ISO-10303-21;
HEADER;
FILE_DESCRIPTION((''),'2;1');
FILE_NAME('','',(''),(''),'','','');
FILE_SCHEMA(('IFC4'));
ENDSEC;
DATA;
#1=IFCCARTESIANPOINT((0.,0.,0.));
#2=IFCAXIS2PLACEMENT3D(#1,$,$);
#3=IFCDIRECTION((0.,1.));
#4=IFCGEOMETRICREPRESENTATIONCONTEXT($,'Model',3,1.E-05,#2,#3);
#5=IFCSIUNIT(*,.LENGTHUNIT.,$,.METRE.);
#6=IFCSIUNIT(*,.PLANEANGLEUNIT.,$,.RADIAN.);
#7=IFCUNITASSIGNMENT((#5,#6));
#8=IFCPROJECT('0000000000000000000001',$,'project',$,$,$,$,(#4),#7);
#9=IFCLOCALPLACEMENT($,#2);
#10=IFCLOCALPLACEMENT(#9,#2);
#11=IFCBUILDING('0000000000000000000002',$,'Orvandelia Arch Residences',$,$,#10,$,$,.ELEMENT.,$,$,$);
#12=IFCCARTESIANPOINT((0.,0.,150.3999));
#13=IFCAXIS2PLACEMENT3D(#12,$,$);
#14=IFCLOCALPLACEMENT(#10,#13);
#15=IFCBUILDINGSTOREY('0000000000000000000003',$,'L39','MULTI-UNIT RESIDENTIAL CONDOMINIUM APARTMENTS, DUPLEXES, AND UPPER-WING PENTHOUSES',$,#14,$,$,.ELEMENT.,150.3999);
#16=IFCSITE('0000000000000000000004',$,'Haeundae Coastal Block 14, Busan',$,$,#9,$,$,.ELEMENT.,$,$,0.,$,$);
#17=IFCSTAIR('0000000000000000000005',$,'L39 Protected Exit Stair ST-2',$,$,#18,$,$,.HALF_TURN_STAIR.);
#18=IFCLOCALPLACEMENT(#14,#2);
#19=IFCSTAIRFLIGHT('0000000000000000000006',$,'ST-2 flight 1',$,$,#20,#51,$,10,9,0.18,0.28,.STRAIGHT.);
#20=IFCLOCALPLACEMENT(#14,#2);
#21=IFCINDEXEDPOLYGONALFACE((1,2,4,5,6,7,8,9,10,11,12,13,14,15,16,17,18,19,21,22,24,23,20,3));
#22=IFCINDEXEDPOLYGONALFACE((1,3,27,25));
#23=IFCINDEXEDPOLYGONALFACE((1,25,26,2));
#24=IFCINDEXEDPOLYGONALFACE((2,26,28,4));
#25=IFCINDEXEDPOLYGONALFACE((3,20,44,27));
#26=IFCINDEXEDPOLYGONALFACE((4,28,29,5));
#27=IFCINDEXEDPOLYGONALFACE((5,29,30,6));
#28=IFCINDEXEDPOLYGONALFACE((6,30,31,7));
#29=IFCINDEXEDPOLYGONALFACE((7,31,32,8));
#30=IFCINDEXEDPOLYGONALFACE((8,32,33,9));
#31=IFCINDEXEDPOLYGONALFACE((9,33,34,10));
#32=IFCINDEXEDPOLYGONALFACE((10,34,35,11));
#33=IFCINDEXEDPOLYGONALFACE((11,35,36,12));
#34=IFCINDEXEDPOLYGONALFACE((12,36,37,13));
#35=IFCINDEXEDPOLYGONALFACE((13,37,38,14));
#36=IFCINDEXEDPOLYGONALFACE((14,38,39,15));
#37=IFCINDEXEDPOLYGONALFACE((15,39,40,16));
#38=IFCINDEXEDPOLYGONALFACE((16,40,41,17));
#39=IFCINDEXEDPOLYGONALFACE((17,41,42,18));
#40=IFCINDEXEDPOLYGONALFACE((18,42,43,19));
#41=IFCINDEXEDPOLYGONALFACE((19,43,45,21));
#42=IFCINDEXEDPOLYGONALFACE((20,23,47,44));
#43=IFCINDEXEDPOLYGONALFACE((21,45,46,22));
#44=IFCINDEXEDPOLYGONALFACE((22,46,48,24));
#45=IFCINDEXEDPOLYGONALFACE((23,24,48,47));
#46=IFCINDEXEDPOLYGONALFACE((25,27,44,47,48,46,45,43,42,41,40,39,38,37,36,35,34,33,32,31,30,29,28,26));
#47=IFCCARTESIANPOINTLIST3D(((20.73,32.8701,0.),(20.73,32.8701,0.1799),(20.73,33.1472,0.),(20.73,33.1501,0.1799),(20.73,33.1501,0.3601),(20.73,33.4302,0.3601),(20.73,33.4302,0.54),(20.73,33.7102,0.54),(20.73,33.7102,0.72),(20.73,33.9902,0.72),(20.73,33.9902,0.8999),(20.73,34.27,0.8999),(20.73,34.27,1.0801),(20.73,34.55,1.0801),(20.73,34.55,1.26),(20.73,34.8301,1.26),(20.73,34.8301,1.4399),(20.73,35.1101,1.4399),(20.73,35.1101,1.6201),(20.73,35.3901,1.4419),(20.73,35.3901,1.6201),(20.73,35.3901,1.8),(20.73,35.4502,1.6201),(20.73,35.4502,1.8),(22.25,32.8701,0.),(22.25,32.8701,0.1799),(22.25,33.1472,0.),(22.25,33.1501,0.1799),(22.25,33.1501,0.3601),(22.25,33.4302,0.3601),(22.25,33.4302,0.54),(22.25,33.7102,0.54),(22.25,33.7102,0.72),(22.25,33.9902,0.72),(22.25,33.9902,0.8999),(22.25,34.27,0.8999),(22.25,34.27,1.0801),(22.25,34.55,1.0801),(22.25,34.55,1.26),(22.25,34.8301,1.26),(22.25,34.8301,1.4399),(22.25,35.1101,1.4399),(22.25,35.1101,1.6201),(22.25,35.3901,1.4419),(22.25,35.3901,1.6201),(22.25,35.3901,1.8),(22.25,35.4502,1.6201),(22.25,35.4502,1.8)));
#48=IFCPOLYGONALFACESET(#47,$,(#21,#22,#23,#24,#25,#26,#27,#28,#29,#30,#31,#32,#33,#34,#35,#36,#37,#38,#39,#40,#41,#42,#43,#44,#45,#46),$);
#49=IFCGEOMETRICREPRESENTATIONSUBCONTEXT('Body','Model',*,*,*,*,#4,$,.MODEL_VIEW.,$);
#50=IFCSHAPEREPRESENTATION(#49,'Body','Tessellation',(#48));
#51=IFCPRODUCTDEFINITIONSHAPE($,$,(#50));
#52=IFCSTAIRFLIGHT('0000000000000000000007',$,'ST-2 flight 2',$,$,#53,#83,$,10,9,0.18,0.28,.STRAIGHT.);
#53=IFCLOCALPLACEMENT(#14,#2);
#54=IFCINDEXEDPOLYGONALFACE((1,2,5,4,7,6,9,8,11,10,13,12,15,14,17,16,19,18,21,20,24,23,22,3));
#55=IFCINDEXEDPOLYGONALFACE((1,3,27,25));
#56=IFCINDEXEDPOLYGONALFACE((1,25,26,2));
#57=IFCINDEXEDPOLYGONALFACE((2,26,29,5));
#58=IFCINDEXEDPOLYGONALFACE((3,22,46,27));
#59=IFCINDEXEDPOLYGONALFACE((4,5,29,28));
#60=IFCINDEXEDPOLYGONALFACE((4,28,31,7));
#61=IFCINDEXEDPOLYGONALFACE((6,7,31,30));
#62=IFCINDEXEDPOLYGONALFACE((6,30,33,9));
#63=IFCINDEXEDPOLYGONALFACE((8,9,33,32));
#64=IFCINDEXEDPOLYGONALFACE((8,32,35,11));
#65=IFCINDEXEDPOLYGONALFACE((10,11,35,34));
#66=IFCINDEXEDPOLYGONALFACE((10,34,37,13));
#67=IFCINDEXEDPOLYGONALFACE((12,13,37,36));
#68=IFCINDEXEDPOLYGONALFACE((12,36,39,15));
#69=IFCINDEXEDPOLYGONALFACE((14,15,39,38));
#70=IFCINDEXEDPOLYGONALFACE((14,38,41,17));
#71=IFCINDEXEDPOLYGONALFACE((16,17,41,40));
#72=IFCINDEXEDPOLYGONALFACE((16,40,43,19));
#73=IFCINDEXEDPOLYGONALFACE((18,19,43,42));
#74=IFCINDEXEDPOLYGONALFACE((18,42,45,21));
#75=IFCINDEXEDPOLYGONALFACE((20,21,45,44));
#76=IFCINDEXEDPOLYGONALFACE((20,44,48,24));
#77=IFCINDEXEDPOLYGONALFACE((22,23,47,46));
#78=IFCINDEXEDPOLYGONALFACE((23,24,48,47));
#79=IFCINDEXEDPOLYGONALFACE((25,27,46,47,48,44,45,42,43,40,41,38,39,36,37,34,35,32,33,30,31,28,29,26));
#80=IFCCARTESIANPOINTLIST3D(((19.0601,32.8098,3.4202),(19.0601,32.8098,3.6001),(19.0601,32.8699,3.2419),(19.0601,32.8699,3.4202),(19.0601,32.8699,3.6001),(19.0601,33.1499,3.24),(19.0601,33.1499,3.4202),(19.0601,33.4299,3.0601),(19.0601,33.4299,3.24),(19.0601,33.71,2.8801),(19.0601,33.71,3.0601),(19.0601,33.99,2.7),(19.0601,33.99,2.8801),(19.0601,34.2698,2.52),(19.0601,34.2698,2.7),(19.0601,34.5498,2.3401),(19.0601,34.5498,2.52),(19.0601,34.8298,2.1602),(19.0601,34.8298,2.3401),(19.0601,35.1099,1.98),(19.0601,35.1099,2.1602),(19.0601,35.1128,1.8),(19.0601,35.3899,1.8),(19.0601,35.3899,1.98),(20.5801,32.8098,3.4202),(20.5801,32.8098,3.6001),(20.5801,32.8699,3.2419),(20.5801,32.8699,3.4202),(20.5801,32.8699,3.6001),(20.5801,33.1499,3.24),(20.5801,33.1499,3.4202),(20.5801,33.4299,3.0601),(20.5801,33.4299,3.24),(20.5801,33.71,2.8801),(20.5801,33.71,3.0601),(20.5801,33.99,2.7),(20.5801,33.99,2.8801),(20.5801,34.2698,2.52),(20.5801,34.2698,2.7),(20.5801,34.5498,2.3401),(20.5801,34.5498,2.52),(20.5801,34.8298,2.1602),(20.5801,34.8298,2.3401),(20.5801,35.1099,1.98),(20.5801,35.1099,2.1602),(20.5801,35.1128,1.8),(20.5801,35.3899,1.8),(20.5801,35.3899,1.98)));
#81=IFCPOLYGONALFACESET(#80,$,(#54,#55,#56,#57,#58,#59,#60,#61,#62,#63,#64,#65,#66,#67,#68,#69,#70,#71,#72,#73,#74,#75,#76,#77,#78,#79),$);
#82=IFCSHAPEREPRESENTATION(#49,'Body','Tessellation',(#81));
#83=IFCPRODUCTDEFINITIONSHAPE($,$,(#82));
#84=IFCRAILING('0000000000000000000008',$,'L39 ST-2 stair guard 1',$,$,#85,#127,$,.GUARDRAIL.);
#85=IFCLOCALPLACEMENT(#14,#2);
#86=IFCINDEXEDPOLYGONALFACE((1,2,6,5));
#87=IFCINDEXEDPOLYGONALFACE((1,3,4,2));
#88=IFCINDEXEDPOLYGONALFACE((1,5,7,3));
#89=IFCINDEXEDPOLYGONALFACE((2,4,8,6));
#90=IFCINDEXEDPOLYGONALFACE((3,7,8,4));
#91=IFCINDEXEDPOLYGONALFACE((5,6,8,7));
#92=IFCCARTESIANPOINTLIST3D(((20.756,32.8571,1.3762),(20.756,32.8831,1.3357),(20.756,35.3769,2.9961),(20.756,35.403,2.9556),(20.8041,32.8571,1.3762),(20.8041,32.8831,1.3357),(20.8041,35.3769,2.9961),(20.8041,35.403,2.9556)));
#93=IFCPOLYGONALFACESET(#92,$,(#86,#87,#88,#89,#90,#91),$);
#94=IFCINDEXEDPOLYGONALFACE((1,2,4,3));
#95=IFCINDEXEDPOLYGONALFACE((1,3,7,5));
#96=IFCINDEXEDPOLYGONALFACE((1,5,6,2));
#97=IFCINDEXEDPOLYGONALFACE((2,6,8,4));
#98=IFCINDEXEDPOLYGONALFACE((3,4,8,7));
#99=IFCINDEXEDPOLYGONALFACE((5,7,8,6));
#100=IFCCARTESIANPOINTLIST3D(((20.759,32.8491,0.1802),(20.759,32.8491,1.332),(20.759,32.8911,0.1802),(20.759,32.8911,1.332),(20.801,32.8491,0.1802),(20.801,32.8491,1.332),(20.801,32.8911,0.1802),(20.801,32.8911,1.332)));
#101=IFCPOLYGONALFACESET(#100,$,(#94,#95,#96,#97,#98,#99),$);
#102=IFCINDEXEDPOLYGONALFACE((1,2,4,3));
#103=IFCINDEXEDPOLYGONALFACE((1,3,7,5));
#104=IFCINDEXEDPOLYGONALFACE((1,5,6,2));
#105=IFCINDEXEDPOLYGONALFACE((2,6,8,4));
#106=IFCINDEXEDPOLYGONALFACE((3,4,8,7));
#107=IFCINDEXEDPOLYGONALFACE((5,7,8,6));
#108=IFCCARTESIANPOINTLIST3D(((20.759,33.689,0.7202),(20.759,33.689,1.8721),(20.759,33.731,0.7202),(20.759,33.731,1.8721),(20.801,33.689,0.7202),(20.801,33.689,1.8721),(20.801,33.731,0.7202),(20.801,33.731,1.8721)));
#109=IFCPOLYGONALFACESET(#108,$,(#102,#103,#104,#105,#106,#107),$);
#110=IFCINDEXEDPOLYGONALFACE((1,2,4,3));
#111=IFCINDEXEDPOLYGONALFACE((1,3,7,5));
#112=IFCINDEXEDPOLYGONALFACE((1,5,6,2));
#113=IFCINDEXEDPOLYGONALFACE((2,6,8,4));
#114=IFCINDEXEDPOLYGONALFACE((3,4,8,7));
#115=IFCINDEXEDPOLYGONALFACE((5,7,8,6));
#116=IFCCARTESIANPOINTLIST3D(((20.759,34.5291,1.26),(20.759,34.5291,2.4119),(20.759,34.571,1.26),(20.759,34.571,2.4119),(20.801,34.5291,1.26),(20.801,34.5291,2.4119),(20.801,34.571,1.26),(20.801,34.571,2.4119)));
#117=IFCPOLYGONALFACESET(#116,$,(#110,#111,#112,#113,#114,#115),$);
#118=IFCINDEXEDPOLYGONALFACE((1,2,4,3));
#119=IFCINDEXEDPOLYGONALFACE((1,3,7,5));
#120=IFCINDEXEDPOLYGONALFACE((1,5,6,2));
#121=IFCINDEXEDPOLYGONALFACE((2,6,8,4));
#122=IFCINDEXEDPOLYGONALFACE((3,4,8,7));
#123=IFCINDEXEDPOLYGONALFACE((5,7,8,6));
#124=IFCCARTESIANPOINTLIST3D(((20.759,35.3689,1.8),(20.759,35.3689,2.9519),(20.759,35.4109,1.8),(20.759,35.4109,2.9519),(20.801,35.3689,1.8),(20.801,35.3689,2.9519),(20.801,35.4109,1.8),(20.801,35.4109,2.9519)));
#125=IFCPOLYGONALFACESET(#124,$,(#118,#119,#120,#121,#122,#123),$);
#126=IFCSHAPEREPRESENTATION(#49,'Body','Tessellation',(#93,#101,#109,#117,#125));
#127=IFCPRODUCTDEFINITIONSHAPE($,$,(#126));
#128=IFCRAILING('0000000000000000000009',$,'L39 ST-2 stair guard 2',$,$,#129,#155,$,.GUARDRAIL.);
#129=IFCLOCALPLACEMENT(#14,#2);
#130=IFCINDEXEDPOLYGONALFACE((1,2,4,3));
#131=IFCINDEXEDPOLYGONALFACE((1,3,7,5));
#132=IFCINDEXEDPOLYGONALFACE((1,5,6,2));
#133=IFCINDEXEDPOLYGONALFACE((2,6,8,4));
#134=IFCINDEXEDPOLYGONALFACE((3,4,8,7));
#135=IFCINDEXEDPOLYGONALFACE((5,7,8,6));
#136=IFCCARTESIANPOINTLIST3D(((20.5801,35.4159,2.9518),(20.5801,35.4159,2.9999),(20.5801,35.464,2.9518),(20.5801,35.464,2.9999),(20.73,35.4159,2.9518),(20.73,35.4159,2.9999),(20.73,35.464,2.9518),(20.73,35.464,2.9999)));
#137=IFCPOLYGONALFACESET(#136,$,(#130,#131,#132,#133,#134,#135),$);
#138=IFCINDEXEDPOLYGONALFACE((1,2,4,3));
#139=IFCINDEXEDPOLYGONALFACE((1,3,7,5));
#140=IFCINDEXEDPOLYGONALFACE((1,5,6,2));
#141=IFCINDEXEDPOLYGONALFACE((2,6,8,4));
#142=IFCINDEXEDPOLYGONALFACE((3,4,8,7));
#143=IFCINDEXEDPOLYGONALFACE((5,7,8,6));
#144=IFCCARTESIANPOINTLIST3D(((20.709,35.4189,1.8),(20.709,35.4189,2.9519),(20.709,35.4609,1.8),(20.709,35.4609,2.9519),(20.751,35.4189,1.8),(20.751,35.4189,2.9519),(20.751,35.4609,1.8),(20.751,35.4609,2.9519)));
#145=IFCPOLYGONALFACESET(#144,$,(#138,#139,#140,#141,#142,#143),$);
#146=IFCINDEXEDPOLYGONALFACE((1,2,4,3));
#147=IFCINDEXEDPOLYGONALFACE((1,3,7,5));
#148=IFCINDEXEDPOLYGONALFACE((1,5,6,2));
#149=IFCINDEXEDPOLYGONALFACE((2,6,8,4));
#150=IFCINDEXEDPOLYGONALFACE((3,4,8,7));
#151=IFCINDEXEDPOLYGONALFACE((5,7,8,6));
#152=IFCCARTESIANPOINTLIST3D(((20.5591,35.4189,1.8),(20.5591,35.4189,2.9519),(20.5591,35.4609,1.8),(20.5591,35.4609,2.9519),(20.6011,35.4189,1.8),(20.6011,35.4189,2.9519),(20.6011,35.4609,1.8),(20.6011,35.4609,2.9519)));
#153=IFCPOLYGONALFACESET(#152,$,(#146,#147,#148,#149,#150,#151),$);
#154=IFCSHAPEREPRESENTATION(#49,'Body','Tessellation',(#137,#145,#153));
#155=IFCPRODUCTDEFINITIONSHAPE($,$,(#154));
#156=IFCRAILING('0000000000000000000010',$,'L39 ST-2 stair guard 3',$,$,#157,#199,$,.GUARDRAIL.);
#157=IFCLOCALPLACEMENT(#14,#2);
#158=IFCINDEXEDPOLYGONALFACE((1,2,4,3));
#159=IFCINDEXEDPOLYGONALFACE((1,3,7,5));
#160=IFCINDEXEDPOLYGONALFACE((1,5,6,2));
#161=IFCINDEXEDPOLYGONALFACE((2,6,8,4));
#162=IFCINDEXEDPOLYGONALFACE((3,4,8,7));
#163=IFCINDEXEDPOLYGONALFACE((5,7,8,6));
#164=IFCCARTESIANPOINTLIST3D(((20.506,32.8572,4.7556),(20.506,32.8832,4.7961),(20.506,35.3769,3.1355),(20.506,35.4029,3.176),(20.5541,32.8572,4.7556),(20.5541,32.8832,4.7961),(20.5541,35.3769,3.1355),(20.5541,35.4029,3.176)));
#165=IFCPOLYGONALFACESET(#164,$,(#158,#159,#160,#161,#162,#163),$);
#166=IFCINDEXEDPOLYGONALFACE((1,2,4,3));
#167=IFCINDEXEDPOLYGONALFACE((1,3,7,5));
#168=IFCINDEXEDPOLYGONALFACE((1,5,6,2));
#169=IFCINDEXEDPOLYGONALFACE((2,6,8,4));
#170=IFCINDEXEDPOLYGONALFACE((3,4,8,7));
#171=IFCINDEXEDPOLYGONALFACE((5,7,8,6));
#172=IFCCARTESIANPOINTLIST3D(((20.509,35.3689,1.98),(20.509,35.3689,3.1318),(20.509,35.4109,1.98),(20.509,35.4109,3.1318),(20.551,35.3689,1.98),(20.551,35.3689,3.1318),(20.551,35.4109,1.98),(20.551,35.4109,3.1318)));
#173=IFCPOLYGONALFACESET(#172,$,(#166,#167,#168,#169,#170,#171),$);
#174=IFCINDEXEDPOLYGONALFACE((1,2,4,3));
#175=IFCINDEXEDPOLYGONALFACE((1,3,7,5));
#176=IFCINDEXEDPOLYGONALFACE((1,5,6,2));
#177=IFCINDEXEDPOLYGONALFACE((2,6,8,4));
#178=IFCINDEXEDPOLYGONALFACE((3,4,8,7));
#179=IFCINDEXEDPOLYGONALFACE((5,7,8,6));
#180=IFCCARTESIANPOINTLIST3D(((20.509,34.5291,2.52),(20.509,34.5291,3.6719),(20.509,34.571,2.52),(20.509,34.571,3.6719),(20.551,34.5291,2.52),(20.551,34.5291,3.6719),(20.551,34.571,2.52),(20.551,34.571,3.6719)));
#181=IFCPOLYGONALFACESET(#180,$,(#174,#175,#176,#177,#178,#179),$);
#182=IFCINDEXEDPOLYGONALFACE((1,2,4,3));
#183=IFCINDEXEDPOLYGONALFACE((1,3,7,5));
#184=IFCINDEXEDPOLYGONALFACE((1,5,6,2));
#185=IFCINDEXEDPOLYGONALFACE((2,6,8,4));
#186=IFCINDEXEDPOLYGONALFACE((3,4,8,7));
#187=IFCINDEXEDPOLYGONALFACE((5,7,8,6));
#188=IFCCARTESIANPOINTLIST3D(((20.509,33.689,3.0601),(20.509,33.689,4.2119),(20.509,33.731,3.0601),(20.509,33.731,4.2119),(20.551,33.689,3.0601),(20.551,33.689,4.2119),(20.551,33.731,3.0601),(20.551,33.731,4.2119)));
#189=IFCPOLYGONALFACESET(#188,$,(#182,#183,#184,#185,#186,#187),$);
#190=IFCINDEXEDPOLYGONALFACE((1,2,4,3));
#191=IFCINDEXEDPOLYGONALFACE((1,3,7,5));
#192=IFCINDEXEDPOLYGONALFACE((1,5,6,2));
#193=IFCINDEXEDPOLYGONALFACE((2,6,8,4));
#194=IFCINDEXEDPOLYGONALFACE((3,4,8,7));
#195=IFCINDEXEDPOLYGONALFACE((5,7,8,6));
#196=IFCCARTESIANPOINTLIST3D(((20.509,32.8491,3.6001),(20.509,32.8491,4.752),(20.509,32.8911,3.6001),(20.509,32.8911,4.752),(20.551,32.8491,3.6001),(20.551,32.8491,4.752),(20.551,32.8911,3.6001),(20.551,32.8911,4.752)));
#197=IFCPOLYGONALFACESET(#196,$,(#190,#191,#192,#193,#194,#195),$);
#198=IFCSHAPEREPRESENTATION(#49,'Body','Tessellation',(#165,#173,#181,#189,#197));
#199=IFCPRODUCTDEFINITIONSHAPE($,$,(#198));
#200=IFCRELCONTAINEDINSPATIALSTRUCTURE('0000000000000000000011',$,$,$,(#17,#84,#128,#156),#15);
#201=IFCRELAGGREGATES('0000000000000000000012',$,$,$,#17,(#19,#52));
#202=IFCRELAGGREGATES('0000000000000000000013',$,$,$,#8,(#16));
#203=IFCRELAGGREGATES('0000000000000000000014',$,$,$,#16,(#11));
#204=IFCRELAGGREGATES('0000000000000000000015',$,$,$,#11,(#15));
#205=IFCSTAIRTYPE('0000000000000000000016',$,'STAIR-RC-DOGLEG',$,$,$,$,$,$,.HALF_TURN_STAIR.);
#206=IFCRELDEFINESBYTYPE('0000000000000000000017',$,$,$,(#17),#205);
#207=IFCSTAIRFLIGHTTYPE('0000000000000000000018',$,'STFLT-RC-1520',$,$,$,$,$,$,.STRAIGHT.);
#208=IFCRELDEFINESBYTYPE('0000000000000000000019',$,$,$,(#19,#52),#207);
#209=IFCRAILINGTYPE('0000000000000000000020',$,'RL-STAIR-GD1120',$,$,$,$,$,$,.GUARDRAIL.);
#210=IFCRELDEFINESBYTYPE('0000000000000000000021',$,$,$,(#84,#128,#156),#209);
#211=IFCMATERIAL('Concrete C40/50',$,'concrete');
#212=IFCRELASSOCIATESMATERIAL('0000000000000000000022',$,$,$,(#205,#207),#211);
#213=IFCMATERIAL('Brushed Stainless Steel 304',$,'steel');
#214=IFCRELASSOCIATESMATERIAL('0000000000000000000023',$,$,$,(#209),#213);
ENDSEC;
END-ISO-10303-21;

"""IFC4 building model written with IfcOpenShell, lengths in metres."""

from ifc_helpers import new_model, si_unit, direction, frame, origin, origin_2d, place, context, subcontext, project, spatial, polyline, rectangle, outline, extrude, material, type_object, element, aggregate, save


model = new_model("IFC4")

# Units and contexts
model_context = context("Model", 3, precision=1e-05, world=origin(), true_north=direction((0.0, 1.0)))
body_context = subcontext(model_context, "Body", "Model", "MODEL_VIEW")
ifc_project = project(units=[si_unit("LENGTHUNIT", "METRE"), si_unit("PLANEANGLEUNIT", "RADIAN")], contexts=[model_context])

# Site, building, storey
site_placement = place(None, origin())
site = spatial("IfcSite", under=ifc_project, at=site_placement, Name="Haeundae Coastal Block 14, Busan", CompositionType="ELEMENT", RefElevation=0.0)
building_placement = place(site_placement, origin())
building = spatial("IfcBuilding", under=site, at=building_placement, Name="Orvandelia Arch Residences", CompositionType="ELEMENT")
storey_placement = place(building_placement, frame((0.0, 0.0, 150.3999)))
storey = spatial("IfcBuildingStorey", under=building, at=storey_placement, Name="L39", Description="MULTI-UNIT RESIDENTIAL CONDOMINIUM APARTMENTS, DUPLEXES, AND UPPER-WING PENTHOUSES", CompositionType="ELEMENT", Elevation=150.3999)

# Stair, stair flights
ifc_material_1 = material(Name="Concrete C40/50", Category="concrete")
stair_type = type_object("IfcStairType", Name="STAIR-RC-DOGLEG", PredefinedType="HALF_TURN_STAIR", material=ifc_material_1)
stair_placement = place(storey_placement, origin())
stair = element("IfcStair", 1, at=stair_placement, inside=storey, type_object=stair_type, Name="L39 Protected Exit Stair ST-2", PredefinedType="HALF_TURN_STAIR")
stair_flight_type = type_object("IfcStairFlightType", Name="STFLT-RC-1520", PredefinedType="STRAIGHT", material=ifc_material_1)
stair_flight_1_placement = place(storey_placement, frame((21.49, 32.8701, 0.0), z_axis=(0.0, 0.0, 1.0), x_axis=(0.0, 1.0, 0.0)))
stair_flight_1 = element("IfcStairFlight", 2, at=stair_flight_1_placement, type_object=stair_flight_type, Name="ST-2 flight 1", NumberOfRisers=10, NumberOfTreads=9, PredefinedType="STRAIGHT", RiserHeight=0.18, TreadLength=0.28, context=body_context, shape_type="SweptSolid", body=[
    extrude(outline(polyline([(0.0, 0.0), (0.0, 0.1799), (0.28, 0.1799), (0.28, 0.3601), (0.5601, 0.3601), (0.5601, 0.54), (0.8401, 0.54), (0.8401, 0.72), (1.1201, 0.72), (1.1201, 0.8999), (1.3999, 0.8999), (1.3999, 1.0801), (1.6799, 1.0801), (1.6799, 1.26), (1.96, 1.26), (1.96, 1.4399), (2.24, 1.4399), (2.24, 1.6201), (2.52, 1.6201), (2.52, 1.8), (2.5801, 1.8), (2.5801, 1.6201), (2.52, 1.4419), (0.2771, 0.0), (0.0, 0.0)])), frame((0.0, 0.76, 0.0), z_axis=(0.0, -1.0, 0.0), x_axis=(1.0, 0.0, 0.0)), (0.0, 0.0, 1.0), 1.52),
])
stair_flight_2_placement = place(storey_placement, frame((19.8201, 35.3899, 1.8), z_axis=(0.0, 0.0, 1.0), x_axis=(0.0, -1.0, 0.0)))
stair_flight_2 = element("IfcStairFlight", 3, at=stair_flight_2_placement, type_object=stair_flight_type, Name="ST-2 flight 2", NumberOfRisers=10, NumberOfTreads=9, PredefinedType="STRAIGHT", RiserHeight=0.18, TreadLength=0.28, context=body_context, shape_type="SweptSolid", body=[
    extrude(outline(polyline([(0.0, 0.0), (0.0, 0.1799), (0.28, 0.1799), (0.28, 0.3601), (0.5601, 0.3601), (0.5601, 0.54), (0.8401, 0.54), (0.8401, 0.72), (1.1201, 0.72), (1.1201, 0.8999), (1.3999, 0.8999), (1.3999, 1.0801), (1.6799, 1.0801), (1.6799, 1.26), (1.96, 1.26), (1.96, 1.4399), (2.24, 1.4399), (2.24, 1.6201), (2.52, 1.6201), (2.52, 1.8), (2.5801, 1.8), (2.5801, 1.6201), (2.52, 1.4419), (0.2771, 0.0), (0.0, 0.0)])), frame((0.0, 0.76, 0.0), z_axis=(0.0, -1.0, 0.0), x_axis=(1.0, 0.0, 0.0)), (0.0, 0.0, 1.0), 1.52),
])
aggregate(stair, [stair_flight_1, stair_flight_2])

# Railings
ifc_material_2 = material(Name="Brushed Stainless Steel 304", Category="steel")
railing_type_1 = type_object("IfcRailingType", Name="RL-STAIR-GD1120", PredefinedType="GUARDRAIL", material=ifc_material_2)
railing_1_placement = place(storey_placement, frame((20.78, 32.8701, 0.1802)))
element("IfcRailing", 4, at=railing_1_placement, inside=storey, type_object=railing_type_1, Name="L39 ST-2 stair guard 1", PredefinedType="GUARDRAIL", context=body_context, shape_type="SweptSolid", body=[
    extrude(rectangle(XDim=0.0481, YDim=0.0481, at=origin_2d()), frame((0.0, 0.0, 1.1758), z_axis=(0.0, 0.841176, 0.540762), x_axis=(-1.0, 0.0, 0.0)), (0.0, 0.0, 1.0), 2.9956),
    extrude(rectangle(XDim=0.042, YDim=0.042, at=origin_2d()), origin(), (0.0, 0.0, 1.0), 1.1519),
    extrude(rectangle(XDim=0.042, YDim=0.042, at=origin_2d()), frame((0.0, 0.8398, 0.54)), (0.0, 0.0, 1.0), 1.1519),
    extrude(rectangle(XDim=0.042, YDim=0.042, at=origin_2d()), frame((0.0, 1.6799, 1.0798)), (0.0, 0.0, 1.0), 1.1519),
    extrude(rectangle(XDim=0.042, YDim=0.042, at=origin_2d()), frame((0.0, 2.5198, 1.6199)), (0.0, 0.0, 1.0), 1.1519),
])
railing_2_placement = place(storey_placement, frame((20.73, 35.4399, 1.8)))
element("IfcRailing", 5, at=railing_2_placement, inside=storey, type_object=railing_type_1, Name="L39 ST-2 stair guard 2", PredefinedType="GUARDRAIL", context=body_context, shape_type="SweptSolid", body=[
    extrude(rectangle(XDim=0.0481, YDim=0.0481, at=origin_2d()), frame((0.0, 0.0, 1.1758), z_axis=(-1.0, 0.0, 0.0), x_axis=(0.0, -1.0, 0.0)), (0.0, 0.0, 1.0), 0.1499),
    extrude(rectangle(XDim=0.042, YDim=0.042, at=origin_2d()), origin(), (0.0, 0.0, 1.0), 1.1519),
    extrude(rectangle(XDim=0.042, YDim=0.042, at=origin_2d()), frame((-0.1499, 0.0, 0.0)), (0.0, 0.0, 1.0), 1.1519),
])
railing_3_placement = place(storey_placement, frame((20.53, 35.3899, 1.98)))
element("IfcRailing", 6, at=railing_3_placement, inside=storey, type_object=railing_type_1, Name="L39 ST-2 stair guard 3", PredefinedType="GUARDRAIL", context=body_context, shape_type="SweptSolid", body=[
    extrude(rectangle(XDim=0.0481, YDim=0.0481, at=origin_2d()), frame((0.0, 0.0, 1.1758), z_axis=(0.0, -0.841139, 0.540819), x_axis=(1.0, 0.0, 0.0)), (0.0, 0.0, 1.0), 2.9956),
    extrude(rectangle(XDim=0.042, YDim=0.042, at=origin_2d()), origin(), (0.0, 0.0, 1.0), 1.1519),
    extrude(rectangle(XDim=0.042, YDim=0.042, at=origin_2d()), frame((0.0, -0.8398, 0.54)), (0.0, 0.0, 1.0), 1.1519),
    extrude(rectangle(XDim=0.042, YDim=0.042, at=origin_2d()), frame((0.0, -1.6799, 1.0801)), (0.0, 0.0, 1.0), 1.1519),
    extrude(rectangle(XDim=0.042, YDim=0.042, at=origin_2d()), frame((0.0, -2.5198, 1.6201)), (0.0, 0.0, 1.0), 1.1519),
])

save(model, "model.ifc")
